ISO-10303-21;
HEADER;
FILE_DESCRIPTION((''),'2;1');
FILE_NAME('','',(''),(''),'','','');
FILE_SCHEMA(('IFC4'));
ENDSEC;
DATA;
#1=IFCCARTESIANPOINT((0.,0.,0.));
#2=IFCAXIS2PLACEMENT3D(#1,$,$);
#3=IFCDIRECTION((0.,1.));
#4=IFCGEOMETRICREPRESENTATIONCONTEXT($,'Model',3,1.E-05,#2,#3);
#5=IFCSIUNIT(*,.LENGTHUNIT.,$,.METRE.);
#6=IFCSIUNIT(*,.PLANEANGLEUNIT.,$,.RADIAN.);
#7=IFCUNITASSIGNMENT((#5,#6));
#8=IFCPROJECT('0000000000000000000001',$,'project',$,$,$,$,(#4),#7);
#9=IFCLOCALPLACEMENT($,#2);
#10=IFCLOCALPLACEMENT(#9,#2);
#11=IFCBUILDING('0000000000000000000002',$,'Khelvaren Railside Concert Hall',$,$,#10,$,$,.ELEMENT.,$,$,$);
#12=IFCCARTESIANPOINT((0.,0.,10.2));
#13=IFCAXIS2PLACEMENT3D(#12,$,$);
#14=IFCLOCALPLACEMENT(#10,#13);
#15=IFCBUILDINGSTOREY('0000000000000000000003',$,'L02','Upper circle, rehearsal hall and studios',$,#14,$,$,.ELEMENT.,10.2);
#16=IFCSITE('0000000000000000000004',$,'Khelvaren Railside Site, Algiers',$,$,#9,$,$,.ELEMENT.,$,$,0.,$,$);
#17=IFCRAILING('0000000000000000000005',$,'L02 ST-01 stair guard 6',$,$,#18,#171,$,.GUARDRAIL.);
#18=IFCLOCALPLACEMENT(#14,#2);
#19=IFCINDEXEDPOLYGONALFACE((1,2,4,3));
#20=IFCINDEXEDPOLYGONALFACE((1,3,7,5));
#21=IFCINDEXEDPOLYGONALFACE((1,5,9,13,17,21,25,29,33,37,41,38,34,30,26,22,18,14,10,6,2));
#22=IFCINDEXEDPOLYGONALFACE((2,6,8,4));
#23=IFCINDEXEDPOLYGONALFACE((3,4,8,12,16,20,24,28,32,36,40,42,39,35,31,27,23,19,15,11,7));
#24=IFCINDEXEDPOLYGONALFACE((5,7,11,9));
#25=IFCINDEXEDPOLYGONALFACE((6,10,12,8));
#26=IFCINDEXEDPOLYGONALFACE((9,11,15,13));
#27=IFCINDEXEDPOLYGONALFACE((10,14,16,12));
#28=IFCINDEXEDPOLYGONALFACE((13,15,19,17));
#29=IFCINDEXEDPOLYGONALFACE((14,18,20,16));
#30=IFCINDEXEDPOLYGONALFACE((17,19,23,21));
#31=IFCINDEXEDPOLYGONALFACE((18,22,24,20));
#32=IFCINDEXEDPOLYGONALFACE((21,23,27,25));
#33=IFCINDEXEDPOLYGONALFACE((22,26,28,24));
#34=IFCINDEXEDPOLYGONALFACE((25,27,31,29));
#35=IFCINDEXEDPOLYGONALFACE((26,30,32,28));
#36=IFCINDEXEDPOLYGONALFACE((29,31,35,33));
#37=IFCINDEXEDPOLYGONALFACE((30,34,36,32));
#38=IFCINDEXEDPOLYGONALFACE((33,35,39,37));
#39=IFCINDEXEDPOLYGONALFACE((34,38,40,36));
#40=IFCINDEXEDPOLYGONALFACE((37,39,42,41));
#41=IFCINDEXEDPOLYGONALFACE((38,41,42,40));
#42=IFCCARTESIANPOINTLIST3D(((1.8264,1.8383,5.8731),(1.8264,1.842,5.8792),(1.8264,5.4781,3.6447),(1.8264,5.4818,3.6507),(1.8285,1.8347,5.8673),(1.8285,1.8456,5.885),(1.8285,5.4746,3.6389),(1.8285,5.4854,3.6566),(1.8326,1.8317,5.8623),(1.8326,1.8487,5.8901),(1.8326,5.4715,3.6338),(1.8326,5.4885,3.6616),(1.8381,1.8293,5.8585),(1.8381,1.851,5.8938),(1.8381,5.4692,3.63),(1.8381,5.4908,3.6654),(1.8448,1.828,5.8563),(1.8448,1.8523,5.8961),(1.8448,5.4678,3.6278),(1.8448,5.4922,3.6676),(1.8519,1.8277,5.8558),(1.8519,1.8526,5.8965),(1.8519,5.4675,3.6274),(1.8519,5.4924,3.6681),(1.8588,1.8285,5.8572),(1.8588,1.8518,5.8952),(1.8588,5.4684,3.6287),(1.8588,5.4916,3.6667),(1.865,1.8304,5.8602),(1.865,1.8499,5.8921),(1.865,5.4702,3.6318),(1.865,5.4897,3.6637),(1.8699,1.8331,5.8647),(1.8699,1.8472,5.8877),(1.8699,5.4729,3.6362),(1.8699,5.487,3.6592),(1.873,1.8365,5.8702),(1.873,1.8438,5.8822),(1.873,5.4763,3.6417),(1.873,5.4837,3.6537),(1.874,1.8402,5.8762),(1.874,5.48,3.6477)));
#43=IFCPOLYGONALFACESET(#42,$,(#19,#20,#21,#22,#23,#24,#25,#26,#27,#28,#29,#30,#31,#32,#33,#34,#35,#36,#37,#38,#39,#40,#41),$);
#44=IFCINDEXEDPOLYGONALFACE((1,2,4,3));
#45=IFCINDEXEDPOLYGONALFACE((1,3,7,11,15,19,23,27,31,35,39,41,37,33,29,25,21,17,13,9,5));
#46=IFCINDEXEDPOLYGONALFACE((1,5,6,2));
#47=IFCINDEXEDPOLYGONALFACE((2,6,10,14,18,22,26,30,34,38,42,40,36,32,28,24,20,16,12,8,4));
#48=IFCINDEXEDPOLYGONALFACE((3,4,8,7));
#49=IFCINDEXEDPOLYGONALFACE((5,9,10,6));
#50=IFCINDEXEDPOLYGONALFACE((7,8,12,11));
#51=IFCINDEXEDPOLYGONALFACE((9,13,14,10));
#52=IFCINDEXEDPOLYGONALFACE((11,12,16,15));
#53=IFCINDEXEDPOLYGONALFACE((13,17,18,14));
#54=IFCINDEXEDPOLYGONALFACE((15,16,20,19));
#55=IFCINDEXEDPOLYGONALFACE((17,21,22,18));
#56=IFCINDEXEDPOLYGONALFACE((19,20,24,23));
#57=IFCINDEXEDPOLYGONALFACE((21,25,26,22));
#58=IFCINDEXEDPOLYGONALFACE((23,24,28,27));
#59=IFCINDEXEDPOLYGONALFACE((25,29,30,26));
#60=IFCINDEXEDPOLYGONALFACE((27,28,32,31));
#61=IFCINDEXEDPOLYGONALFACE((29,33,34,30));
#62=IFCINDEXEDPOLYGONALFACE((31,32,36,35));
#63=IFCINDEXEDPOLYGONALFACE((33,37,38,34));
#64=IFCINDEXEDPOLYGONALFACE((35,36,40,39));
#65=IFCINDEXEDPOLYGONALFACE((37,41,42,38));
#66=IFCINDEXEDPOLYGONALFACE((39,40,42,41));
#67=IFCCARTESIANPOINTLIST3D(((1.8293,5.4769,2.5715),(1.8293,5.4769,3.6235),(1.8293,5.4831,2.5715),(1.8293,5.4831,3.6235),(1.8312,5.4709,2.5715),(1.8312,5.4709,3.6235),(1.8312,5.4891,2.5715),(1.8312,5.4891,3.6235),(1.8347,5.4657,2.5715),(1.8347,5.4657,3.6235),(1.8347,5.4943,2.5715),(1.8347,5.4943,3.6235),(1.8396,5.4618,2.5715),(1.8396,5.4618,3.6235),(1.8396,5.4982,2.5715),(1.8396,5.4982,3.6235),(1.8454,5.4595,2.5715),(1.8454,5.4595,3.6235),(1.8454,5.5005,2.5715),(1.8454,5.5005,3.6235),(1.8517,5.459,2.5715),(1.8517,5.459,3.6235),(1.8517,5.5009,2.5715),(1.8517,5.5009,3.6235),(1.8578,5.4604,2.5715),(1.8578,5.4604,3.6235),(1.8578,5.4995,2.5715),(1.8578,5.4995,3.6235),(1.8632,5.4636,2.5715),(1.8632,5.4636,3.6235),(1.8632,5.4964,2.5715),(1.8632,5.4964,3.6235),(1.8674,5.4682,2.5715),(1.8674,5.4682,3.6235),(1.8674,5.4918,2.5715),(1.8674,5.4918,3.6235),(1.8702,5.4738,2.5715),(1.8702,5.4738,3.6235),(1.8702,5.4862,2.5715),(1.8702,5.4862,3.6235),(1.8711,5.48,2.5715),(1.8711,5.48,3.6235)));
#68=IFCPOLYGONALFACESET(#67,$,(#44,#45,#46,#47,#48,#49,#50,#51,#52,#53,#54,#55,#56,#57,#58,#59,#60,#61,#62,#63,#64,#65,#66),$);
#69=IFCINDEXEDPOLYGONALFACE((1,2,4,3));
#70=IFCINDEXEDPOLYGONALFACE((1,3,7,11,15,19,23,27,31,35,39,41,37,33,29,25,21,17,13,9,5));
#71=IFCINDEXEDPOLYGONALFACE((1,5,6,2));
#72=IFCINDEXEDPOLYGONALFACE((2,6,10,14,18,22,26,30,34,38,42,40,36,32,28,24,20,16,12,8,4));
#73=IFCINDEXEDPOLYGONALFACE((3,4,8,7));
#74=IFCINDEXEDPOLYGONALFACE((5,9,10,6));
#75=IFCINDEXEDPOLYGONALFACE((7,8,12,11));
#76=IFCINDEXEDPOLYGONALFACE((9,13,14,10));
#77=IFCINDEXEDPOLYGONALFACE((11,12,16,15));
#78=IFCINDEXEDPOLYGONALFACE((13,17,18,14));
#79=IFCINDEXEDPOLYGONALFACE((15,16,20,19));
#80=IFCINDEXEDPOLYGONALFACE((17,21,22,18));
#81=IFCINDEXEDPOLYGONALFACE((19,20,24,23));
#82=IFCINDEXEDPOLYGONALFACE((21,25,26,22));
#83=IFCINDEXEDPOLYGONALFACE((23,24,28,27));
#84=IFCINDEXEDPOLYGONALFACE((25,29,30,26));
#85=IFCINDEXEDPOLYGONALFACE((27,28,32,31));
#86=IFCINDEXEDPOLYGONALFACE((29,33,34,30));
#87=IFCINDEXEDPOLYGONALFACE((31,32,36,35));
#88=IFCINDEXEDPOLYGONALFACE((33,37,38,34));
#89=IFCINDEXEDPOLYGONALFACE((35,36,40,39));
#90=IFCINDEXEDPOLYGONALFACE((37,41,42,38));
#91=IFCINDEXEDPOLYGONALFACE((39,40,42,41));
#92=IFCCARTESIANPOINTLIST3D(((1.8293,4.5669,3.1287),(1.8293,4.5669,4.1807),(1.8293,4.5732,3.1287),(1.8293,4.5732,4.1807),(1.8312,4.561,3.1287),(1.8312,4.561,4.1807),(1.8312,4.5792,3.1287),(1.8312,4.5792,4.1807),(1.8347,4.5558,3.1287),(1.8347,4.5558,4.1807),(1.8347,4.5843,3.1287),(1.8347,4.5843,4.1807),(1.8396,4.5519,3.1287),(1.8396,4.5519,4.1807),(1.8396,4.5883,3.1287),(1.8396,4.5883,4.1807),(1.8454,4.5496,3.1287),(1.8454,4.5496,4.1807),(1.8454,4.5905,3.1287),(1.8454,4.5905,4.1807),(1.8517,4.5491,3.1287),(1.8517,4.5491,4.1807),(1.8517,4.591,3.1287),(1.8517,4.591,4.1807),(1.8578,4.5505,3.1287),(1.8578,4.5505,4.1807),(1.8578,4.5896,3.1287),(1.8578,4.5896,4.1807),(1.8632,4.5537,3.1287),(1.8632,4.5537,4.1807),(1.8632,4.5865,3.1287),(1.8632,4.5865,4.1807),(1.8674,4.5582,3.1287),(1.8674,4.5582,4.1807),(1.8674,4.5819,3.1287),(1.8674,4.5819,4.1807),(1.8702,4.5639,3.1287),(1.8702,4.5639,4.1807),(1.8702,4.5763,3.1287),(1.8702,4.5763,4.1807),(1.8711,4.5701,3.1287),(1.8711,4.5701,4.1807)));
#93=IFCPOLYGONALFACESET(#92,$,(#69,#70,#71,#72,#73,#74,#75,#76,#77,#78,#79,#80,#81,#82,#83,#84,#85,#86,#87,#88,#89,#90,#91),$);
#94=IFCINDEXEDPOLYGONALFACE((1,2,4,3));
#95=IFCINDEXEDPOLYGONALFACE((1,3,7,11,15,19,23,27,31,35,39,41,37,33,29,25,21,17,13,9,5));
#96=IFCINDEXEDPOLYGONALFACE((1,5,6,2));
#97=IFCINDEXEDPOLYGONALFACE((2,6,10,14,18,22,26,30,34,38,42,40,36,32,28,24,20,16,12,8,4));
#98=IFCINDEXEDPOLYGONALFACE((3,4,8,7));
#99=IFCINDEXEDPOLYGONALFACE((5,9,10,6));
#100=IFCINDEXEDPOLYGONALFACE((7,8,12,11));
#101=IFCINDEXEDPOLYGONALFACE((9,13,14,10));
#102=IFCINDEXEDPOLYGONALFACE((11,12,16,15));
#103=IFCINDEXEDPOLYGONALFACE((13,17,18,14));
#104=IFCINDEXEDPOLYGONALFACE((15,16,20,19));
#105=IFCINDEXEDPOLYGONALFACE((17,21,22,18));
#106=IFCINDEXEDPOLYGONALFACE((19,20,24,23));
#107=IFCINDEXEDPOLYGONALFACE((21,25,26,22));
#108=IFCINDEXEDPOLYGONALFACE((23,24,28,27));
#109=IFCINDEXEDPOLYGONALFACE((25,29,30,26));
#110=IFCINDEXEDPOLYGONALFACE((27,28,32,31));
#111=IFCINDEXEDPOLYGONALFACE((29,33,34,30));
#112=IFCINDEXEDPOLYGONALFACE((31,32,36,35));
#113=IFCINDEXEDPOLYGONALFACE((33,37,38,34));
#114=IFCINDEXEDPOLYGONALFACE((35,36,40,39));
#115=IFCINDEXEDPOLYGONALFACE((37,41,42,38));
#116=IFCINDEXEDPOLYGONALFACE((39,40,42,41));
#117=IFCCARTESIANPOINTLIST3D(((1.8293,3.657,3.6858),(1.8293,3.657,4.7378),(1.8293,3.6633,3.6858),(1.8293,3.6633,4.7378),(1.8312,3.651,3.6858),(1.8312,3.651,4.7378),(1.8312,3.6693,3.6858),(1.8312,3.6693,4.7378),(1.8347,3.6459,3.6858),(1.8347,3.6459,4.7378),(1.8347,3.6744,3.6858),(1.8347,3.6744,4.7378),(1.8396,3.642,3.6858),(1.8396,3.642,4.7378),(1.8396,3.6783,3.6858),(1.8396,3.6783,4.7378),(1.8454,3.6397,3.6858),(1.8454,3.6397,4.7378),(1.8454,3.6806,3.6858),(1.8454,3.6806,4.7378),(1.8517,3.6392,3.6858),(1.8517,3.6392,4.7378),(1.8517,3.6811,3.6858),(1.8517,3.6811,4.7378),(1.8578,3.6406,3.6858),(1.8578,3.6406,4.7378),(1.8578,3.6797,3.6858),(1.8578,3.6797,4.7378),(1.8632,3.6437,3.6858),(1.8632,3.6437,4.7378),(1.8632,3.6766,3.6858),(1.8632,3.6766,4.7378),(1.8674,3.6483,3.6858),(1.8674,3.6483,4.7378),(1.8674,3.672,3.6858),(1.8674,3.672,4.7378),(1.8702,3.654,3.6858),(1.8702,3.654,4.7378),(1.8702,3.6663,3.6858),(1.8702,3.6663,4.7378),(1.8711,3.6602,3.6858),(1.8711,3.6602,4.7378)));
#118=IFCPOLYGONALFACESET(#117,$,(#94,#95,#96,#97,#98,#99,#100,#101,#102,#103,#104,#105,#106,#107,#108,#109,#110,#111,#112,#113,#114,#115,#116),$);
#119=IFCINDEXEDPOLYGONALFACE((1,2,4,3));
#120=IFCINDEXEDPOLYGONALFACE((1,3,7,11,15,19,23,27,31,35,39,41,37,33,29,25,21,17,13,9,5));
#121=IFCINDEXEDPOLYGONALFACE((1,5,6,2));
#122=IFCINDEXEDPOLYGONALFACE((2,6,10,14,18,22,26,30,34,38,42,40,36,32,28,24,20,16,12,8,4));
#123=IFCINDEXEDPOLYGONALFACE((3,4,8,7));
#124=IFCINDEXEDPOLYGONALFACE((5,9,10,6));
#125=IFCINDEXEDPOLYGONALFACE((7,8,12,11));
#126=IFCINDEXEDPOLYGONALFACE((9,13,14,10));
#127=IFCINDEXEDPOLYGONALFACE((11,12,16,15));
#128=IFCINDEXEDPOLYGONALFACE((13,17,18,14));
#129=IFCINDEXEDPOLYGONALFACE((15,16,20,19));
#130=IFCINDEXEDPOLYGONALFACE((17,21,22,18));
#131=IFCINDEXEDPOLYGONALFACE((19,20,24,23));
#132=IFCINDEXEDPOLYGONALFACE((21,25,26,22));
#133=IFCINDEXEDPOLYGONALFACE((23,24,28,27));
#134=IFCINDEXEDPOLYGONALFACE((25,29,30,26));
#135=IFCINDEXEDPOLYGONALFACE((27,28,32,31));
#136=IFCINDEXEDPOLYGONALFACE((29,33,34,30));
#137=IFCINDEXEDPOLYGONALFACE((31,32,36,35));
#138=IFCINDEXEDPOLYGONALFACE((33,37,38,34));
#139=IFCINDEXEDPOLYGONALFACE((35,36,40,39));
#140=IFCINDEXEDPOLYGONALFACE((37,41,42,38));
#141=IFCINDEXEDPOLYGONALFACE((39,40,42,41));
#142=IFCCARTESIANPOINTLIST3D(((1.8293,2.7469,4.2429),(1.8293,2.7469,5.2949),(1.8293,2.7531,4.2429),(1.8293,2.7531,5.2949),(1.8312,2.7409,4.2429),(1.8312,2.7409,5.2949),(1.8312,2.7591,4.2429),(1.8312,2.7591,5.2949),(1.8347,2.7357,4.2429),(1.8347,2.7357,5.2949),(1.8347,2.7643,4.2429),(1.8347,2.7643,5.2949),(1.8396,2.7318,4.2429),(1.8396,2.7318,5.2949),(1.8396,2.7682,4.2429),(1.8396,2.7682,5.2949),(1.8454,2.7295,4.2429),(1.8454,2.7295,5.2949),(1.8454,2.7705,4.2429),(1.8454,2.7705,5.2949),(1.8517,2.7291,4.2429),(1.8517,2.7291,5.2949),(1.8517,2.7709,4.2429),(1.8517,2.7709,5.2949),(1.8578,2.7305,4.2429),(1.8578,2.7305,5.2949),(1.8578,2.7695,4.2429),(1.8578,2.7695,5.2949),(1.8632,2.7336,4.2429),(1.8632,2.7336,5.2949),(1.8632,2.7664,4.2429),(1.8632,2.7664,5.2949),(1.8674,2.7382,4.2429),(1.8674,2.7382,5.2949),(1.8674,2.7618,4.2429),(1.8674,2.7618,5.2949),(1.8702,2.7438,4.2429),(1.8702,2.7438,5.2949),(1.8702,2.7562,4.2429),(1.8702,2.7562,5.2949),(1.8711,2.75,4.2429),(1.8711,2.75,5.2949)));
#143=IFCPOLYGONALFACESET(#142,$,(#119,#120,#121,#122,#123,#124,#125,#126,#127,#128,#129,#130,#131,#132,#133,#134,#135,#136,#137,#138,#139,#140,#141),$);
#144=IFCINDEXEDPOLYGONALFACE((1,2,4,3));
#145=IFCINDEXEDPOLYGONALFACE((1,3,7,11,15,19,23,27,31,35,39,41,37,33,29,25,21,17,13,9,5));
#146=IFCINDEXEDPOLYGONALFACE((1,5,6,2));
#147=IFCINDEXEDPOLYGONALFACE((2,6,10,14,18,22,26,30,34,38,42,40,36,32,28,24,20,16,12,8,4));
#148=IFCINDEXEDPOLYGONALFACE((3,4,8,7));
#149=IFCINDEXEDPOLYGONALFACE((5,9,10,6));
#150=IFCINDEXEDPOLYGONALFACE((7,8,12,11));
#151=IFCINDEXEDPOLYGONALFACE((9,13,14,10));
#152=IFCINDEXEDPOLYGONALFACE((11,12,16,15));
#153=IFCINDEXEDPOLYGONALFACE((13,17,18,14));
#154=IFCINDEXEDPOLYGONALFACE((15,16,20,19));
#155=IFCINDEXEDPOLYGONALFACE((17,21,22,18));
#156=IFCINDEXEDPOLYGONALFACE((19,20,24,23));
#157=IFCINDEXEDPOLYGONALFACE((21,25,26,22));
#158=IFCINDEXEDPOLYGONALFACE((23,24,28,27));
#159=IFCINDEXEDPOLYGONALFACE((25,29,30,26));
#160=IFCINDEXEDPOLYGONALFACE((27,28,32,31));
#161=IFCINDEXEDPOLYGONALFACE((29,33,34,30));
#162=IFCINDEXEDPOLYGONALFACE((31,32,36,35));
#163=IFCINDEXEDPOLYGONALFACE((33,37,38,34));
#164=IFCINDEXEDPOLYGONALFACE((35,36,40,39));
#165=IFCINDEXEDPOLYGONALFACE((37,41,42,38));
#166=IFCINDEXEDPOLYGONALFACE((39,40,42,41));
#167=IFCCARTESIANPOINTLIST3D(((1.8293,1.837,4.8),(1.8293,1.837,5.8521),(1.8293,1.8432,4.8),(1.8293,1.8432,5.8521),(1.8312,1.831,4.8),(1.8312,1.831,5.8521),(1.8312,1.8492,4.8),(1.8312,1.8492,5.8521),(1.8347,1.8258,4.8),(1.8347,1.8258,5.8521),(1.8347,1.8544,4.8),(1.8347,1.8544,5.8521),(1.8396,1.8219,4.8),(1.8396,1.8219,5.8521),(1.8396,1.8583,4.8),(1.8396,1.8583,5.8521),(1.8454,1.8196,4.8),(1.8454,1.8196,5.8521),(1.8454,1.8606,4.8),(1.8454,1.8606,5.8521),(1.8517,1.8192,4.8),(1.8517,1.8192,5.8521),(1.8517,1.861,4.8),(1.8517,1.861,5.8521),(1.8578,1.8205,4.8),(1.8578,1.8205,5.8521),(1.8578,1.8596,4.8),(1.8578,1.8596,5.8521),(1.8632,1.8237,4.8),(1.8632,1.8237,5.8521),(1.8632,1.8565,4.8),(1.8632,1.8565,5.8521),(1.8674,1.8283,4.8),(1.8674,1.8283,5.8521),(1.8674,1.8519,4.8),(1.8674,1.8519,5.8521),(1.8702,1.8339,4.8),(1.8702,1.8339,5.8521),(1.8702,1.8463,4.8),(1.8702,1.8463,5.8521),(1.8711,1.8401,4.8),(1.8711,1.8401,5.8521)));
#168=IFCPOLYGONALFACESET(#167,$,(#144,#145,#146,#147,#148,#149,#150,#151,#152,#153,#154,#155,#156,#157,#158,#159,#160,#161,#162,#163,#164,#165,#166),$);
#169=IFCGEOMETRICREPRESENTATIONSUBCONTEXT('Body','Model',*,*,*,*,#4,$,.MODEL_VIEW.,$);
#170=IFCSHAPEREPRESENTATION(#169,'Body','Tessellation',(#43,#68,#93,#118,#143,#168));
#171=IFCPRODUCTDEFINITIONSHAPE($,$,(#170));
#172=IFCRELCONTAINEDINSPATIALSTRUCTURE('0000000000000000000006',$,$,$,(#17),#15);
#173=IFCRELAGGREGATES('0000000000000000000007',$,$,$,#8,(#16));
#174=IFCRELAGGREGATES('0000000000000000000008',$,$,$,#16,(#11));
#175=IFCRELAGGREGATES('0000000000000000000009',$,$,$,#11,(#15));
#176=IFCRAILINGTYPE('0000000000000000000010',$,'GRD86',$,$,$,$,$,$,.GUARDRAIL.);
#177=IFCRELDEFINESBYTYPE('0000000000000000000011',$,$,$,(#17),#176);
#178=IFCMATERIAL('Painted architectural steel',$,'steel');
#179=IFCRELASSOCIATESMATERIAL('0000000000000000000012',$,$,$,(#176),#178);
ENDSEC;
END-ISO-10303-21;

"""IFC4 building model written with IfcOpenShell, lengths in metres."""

from ifc_helpers import new_model, si_unit, direction, frame, origin, origin_2d, place, context, subcontext, project, spatial, circle, extrude, material, type_object, element, save


model = new_model("IFC4")

# Units and contexts
model_context = context("Model", 3, precision=1e-05, world=origin(), true_north=direction((0.0, 1.0)))
body_context = subcontext(model_context, "Body", "Model", "MODEL_VIEW")
ifc_project = project(units=[si_unit("LENGTHUNIT", "METRE"), si_unit("PLANEANGLEUNIT", "RADIAN")], contexts=[model_context])

# Site, building, storey
site_placement = place(None, origin())
site = spatial("IfcSite", under=ifc_project, at=site_placement, Name="Khelvaren Railside Site, Algiers", CompositionType="ELEMENT", RefElevation=0.0)
building_placement = place(site_placement, origin())
building = spatial("IfcBuilding", under=site, at=building_placement, Name="Khelvaren Railside Concert Hall", CompositionType="ELEMENT")
storey_placement = place(building_placement, frame((0.0, 0.0, 10.2)))
storey = spatial("IfcBuildingStorey", under=building, at=storey_placement, Name="L02", Description="Upper circle, rehearsal hall and studios", CompositionType="ELEMENT", Elevation=10.2)

# Railing
ifc_material_1 = material(Name="Painted architectural steel", Category="steel")
railing_type_1 = type_object("IfcRailingType", Name="GRD86", PredefinedType="GUARDRAIL", material=ifc_material_1)
railing_1_placement = place(storey_placement, frame((1.8501, 5.48, 2.5715)))
element("IfcRailing", 1, at=railing_1_placement, inside=storey, type_object=railing_type_1, Name="L02 ST-01 stair guard 6", PredefinedType="GUARDRAIL", context=body_context, shape_type="SweptSolid", body=[
    extrude(circle(Radius=0.0239, at=origin_2d()), frame((0.0, 0.0, 1.0762), z_axis=(0.0, -0.85285, 0.522156), x_axis=(1.0, 0.0, 0.0)), (0.0, 0.0, 1.0), 4.2678),
    extrude(circle(Radius=0.021, at=origin_2d()), origin(), (0.0, 0.0, 1.0), 1.052),
    extrude(circle(Radius=0.021, at=origin_2d()), frame((0.0, -0.9099, 0.5571)), (0.0, 0.0, 1.0), 1.052),
    extrude(circle(Radius=0.021, at=origin_2d()), frame((0.0, -1.8198, 1.1143)), (0.0, 0.0, 1.0), 1.052),
    extrude(circle(Radius=0.021, at=origin_2d()), frame((0.0, -2.73, 1.6714)), (0.0, 0.0, 1.0), 1.052),
    extrude(circle(Radius=0.021, at=origin_2d()), frame((0.0, -3.6399, 2.2285)), (0.0, 0.0, 1.0), 1.052),
])

save(model, "model.ifc")
